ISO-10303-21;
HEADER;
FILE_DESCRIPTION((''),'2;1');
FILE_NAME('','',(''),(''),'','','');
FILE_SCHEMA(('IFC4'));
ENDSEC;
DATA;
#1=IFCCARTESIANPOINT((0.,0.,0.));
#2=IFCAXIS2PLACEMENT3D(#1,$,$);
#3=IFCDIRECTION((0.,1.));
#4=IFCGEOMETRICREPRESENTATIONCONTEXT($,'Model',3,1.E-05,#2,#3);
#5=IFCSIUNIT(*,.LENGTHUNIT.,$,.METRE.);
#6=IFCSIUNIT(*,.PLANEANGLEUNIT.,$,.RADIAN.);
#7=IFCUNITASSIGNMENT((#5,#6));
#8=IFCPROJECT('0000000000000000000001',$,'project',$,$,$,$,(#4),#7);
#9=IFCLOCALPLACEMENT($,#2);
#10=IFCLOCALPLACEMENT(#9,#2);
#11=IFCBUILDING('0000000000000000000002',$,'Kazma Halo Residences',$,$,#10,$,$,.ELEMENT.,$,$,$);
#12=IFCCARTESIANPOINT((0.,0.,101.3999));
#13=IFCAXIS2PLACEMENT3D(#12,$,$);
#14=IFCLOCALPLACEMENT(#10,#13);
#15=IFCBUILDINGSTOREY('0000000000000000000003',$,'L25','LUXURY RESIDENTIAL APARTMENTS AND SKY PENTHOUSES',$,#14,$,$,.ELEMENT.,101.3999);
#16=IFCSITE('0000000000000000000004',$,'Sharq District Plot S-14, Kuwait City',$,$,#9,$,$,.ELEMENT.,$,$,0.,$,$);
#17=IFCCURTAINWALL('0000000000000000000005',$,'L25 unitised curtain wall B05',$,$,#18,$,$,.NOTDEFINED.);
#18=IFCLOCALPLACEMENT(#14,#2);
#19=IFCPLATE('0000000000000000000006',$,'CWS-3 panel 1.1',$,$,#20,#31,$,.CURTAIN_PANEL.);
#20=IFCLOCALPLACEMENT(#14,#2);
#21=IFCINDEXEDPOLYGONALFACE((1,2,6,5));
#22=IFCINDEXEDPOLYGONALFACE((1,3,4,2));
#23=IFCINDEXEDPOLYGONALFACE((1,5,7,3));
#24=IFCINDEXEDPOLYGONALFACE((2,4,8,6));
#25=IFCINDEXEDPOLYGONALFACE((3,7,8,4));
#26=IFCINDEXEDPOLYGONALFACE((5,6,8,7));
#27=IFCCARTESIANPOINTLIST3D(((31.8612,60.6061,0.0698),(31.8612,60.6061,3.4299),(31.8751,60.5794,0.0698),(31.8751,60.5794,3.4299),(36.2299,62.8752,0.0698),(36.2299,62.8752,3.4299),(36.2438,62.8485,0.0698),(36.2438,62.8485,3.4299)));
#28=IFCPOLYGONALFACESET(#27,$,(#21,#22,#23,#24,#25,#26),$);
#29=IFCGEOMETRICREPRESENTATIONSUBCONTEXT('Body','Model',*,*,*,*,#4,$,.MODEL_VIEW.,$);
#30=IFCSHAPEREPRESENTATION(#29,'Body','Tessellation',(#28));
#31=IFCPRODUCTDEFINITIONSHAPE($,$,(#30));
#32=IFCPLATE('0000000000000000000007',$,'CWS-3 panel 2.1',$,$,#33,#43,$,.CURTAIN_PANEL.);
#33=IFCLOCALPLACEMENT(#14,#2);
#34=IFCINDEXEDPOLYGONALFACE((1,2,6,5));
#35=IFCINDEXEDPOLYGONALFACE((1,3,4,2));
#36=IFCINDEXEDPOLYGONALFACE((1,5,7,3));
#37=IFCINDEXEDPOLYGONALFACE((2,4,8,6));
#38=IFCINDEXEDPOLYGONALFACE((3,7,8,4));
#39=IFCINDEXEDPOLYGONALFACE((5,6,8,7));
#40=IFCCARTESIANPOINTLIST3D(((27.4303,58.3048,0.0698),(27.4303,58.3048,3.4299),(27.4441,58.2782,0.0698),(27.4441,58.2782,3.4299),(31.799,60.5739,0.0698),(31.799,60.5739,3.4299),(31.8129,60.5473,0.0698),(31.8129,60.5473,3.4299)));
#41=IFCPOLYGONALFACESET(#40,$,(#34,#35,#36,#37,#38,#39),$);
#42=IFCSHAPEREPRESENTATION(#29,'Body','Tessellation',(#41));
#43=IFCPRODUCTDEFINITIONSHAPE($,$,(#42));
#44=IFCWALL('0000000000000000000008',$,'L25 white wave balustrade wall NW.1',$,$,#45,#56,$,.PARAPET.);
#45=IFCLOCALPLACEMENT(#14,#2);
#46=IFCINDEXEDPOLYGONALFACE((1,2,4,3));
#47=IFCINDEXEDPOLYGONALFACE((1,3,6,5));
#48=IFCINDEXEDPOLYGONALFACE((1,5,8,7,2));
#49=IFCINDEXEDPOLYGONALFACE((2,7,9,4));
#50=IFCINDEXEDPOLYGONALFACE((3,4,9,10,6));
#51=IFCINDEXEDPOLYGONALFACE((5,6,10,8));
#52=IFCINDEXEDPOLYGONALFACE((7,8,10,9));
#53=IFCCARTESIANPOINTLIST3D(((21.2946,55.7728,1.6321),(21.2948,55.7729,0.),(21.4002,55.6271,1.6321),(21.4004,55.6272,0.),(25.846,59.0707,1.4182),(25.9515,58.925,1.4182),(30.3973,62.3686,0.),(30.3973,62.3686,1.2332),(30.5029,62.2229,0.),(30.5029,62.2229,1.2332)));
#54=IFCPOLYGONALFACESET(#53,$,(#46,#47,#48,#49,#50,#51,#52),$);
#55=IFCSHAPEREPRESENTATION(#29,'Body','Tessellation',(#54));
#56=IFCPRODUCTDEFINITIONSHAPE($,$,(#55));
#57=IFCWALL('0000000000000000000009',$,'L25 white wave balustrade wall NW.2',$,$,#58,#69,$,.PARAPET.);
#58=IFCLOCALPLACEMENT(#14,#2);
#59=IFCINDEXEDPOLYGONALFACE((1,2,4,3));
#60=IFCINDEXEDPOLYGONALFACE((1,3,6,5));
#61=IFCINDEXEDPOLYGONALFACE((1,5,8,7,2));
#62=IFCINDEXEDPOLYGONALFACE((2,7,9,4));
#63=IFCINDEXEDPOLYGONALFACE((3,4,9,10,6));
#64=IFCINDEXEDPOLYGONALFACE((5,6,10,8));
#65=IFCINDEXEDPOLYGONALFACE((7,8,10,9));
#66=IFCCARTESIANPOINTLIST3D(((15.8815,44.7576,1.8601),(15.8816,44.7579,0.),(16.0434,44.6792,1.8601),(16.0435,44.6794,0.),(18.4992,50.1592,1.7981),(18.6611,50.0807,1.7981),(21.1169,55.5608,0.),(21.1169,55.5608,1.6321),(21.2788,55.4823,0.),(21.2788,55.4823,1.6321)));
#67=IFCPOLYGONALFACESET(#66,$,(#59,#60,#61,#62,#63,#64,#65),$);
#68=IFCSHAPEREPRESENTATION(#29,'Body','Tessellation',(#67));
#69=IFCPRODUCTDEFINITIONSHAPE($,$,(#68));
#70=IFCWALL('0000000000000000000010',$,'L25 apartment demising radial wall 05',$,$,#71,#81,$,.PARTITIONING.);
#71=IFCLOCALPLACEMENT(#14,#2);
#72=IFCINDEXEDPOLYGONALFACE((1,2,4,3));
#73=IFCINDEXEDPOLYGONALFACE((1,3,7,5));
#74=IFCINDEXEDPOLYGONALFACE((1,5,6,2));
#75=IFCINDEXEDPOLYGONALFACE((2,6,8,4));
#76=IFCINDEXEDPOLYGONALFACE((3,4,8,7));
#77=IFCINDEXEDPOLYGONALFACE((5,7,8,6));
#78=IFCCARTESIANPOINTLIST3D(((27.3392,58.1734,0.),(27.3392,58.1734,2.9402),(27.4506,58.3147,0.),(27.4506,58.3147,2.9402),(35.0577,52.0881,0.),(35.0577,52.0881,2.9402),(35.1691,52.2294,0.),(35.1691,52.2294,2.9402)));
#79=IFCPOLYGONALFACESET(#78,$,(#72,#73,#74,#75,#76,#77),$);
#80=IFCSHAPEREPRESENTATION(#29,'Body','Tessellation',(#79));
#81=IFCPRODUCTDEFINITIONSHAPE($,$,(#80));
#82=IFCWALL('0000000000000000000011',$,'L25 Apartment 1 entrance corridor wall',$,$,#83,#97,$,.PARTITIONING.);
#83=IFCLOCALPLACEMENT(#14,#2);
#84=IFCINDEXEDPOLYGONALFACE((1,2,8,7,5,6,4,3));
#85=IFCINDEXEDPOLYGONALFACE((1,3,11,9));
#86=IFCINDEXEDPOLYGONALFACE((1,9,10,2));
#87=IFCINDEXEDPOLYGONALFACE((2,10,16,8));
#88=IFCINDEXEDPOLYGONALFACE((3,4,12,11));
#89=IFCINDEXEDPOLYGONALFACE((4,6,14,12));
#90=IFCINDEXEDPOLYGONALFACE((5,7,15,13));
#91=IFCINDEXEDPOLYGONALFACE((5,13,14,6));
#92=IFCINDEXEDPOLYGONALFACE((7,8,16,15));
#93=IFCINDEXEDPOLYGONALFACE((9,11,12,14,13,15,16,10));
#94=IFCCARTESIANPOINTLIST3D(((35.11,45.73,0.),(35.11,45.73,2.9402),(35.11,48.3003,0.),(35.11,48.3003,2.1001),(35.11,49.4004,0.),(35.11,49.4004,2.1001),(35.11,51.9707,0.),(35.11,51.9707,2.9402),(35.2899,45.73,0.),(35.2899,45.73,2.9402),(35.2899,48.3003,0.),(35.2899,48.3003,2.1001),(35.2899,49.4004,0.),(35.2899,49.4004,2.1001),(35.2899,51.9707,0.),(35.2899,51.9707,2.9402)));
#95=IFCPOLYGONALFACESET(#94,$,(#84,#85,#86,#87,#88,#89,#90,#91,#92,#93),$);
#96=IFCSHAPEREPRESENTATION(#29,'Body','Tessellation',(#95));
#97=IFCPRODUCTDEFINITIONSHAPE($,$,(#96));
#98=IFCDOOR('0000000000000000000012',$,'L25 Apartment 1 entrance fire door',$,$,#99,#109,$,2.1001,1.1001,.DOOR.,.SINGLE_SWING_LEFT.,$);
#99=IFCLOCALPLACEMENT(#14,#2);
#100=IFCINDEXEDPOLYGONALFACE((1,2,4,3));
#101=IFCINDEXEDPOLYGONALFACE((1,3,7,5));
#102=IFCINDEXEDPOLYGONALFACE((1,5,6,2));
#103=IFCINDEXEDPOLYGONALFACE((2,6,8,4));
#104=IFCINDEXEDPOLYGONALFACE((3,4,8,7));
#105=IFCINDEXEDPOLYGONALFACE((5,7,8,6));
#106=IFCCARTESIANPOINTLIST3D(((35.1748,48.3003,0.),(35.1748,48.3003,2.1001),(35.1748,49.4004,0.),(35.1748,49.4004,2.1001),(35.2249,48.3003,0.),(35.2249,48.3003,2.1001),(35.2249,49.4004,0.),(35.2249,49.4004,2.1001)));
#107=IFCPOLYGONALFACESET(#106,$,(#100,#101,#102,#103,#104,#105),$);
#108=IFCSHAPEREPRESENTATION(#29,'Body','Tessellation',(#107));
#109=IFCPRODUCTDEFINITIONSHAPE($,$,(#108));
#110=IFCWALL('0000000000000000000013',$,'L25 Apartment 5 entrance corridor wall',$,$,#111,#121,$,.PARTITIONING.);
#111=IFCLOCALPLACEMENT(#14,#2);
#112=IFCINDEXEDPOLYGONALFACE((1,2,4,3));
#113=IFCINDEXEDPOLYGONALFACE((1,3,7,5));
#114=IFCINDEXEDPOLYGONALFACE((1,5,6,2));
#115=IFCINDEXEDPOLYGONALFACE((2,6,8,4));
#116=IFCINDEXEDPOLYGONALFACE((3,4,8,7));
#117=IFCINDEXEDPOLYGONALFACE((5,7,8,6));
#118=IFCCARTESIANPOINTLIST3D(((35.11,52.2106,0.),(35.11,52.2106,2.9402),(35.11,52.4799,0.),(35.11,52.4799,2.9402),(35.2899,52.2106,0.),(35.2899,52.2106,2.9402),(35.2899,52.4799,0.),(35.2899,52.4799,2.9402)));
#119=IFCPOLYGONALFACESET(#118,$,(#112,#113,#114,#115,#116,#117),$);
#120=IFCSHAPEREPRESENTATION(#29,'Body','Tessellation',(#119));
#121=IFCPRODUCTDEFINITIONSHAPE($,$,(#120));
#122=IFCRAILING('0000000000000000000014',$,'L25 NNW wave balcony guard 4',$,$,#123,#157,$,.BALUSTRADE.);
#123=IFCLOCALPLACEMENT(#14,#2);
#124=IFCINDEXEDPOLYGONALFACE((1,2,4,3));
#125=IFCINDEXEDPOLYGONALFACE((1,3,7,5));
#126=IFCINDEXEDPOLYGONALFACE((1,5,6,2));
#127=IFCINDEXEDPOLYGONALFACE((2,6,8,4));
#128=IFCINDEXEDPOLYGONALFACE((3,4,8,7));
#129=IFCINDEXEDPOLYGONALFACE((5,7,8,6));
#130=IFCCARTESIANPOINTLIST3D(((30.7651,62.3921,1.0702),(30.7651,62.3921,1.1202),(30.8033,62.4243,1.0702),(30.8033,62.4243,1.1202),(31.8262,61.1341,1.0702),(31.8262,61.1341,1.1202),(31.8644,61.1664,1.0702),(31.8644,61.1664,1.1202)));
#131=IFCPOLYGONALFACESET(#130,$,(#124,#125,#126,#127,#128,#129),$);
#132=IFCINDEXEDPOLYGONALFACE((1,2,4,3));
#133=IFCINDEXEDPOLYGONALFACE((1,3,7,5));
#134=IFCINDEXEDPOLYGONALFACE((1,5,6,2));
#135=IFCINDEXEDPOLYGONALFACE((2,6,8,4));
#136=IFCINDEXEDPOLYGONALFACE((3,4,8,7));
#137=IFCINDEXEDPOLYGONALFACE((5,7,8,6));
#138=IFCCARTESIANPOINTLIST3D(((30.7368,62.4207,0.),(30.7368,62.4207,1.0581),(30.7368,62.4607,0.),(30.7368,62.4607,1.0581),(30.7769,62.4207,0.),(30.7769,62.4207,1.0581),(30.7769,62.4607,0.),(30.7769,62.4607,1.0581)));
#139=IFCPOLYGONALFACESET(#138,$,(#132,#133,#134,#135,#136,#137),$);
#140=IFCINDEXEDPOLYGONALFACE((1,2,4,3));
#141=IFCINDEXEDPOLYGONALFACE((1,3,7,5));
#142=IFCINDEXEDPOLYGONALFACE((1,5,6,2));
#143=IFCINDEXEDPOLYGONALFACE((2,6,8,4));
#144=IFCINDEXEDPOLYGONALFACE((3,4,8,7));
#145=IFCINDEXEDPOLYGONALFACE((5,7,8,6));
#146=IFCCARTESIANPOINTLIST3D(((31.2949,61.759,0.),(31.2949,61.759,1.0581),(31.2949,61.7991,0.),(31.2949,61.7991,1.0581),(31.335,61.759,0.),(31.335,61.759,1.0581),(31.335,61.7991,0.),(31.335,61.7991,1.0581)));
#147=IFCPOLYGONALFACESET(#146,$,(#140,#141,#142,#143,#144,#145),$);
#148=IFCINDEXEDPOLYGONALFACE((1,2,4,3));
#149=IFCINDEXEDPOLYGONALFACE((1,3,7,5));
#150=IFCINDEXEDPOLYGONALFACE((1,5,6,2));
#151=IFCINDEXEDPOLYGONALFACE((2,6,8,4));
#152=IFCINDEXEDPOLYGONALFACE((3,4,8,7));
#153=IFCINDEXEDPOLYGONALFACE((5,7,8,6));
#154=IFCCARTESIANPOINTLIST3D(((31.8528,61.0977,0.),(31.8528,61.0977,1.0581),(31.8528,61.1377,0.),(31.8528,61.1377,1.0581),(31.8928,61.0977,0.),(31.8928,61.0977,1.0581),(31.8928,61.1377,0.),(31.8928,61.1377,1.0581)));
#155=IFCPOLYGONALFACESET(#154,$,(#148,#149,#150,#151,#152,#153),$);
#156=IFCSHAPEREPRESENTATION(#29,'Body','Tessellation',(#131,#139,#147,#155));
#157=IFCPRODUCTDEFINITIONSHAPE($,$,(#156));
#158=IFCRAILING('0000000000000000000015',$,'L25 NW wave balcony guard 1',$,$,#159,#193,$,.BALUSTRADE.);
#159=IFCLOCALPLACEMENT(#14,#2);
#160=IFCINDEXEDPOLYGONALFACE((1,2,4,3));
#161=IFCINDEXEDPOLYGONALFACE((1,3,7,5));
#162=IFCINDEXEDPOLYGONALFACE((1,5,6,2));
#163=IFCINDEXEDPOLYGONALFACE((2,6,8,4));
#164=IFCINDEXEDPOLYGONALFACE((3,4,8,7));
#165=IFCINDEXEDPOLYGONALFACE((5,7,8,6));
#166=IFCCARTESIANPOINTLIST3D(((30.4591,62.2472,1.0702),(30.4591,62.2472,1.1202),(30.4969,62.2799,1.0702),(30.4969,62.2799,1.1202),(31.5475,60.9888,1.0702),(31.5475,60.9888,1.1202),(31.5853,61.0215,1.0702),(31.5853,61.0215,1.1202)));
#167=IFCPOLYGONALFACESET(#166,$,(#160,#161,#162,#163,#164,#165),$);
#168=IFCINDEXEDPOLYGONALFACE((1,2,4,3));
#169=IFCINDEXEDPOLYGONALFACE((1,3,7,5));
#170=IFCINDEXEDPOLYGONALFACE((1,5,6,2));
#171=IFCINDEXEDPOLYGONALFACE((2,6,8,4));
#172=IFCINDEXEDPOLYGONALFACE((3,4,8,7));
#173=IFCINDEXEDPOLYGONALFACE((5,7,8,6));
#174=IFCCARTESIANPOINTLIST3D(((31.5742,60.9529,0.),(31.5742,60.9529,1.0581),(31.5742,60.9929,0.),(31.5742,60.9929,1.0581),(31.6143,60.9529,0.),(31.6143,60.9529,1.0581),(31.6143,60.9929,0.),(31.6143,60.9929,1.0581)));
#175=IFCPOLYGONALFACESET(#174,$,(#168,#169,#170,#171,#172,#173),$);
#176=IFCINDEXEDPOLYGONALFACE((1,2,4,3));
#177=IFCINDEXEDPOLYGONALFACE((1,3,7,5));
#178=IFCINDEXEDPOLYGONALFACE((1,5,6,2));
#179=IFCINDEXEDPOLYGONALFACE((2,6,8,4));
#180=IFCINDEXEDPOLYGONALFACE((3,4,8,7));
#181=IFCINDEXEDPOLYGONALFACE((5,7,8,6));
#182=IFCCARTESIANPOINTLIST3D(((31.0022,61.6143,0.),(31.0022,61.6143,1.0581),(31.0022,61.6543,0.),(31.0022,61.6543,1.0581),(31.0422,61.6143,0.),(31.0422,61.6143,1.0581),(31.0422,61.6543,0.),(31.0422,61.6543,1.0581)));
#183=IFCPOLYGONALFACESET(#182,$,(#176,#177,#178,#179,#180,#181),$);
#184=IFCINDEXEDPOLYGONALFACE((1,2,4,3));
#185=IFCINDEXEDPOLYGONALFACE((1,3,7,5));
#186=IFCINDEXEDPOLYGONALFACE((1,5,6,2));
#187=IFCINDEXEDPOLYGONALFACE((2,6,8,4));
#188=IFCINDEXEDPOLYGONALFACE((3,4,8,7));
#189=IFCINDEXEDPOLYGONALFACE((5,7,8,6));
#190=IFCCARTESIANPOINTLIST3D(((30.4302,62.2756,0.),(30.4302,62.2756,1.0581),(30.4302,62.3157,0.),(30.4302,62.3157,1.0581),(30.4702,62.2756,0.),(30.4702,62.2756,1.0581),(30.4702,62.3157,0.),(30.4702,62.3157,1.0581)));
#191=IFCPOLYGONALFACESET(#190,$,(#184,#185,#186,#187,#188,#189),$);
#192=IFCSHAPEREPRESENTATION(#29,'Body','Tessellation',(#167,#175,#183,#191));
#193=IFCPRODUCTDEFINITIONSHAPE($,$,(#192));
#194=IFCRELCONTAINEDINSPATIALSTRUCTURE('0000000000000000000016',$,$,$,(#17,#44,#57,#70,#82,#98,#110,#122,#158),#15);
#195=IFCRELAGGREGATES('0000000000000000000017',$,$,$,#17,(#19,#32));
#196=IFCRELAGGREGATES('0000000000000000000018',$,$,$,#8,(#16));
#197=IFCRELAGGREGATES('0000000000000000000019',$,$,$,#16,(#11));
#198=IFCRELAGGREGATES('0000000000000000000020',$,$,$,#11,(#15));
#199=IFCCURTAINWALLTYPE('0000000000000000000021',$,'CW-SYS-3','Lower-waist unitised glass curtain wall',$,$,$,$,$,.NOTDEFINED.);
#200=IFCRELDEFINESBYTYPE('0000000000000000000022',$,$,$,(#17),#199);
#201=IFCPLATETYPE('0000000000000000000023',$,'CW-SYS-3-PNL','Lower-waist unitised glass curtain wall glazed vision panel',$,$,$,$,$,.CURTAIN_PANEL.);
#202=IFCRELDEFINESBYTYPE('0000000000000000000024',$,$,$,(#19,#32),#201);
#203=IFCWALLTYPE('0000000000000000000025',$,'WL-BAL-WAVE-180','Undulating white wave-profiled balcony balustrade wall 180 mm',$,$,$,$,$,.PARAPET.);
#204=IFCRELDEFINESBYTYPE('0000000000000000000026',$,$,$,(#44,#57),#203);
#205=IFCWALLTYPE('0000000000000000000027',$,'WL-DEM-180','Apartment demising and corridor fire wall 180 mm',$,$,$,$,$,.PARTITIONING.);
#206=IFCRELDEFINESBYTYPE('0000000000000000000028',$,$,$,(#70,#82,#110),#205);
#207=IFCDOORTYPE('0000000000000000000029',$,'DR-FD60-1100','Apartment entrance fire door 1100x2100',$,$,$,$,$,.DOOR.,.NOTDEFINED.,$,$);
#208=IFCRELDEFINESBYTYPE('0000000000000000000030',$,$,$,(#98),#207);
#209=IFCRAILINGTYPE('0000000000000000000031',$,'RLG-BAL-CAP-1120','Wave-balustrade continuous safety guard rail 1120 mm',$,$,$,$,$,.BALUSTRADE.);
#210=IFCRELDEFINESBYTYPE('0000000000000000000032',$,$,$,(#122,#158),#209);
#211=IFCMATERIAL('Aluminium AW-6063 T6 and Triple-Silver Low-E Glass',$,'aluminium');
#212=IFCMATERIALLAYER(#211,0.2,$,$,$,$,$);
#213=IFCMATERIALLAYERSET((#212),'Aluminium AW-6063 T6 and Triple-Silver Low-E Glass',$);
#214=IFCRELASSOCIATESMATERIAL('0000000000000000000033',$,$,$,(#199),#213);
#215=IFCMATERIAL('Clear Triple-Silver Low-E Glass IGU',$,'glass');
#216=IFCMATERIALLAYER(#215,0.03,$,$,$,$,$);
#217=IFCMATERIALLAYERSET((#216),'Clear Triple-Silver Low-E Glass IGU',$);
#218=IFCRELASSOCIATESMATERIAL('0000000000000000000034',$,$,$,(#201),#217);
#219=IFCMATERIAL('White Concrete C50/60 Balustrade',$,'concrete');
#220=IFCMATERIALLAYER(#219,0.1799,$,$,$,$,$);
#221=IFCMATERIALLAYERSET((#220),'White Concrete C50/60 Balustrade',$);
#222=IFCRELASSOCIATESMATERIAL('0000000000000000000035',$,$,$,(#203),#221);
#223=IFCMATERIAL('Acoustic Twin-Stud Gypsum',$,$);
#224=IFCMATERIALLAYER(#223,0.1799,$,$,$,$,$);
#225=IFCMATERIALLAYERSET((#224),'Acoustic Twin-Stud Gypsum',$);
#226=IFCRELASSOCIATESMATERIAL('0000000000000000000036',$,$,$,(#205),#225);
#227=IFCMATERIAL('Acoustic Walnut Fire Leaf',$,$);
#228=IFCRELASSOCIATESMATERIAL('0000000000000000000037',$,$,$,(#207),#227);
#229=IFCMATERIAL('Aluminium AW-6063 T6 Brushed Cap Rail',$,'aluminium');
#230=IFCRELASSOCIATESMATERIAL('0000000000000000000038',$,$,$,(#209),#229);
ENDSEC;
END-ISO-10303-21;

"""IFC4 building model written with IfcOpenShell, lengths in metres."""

from ifc_helpers import new_model, si_unit, direction, frame, frame_2d, origin, origin_2d, place, context, subcontext, project, spatial, polyline, rectangle, outline, extrude, material, layer, layer_set, type_object, element, fill, aggregate, save


model = new_model("IFC4")

# Units and contexts
model_context = context("Model", 3, precision=1e-05, world=origin(), true_north=direction((0.0, 1.0)))
body_context = subcontext(model_context, "Body", "Model", "MODEL_VIEW")
ifc_project = project(units=[si_unit("LENGTHUNIT", "METRE"), si_unit("PLANEANGLEUNIT", "RADIAN")], contexts=[model_context])

# Site, building, storey
site_placement = place(None, origin())
site = spatial("IfcSite", under=ifc_project, at=site_placement, Name="Sharq District Plot S-14, Kuwait City", CompositionType="ELEMENT", RefElevation=0.0)
building_placement = place(site_placement, origin())
building = spatial("IfcBuilding", under=site, at=building_placement, Name="Kazma Halo Residences", CompositionType="ELEMENT")
storey_placement = place(building_placement, frame((0.0, 0.0, 101.3999)))
storey = spatial("IfcBuildingStorey", under=building, at=storey_placement, Name="L25", Description="LUXURY RESIDENTIAL APARTMENTS AND SKY PENTHOUSES", CompositionType="ELEMENT", Elevation=101.3999)

# Curtain wall
ifc_material_1 = material(Name="Aluminium AW-6063 T6 and Triple-Silver Low-E Glass", Category="aluminium")
ifc_layer_1 = layer(ifc_material_1, 0.2)
ifc_layer_set_1 = layer_set([ifc_layer_1], Name="Aluminium AW-6063 T6 and Triple-Silver Low-E Glass")
curtain_wall_type = type_object("IfcCurtainWallType", Name="CW-SYS-3", Description="Lower-waist unitised glass curtain wall", PredefinedType="NOTDEFINED", material=ifc_layer_set_1)
curtain_wall_1_placement = place(storey_placement, origin())
curtain_wall_1 = element("IfcCurtainWall", 1, at=curtain_wall_1_placement, inside=storey, type_object=curtain_wall_type, Name="L25 unitised curtain wall B05", PredefinedType="NOTDEFINED")

# Plates
ifc_material_2 = material(Name="Clear Triple-Silver Low-E Glass IGU", Category="glass")
ifc_layer_2 = layer(ifc_material_2, 0.03)
ifc_layer_set_2 = layer_set([ifc_layer_2], Name="Clear Triple-Silver Low-E Glass IGU")
plate_type = type_object("IfcPlateType", Name="CW-SYS-3-PNL", Description="Lower-waist unitised glass curtain wall glazed vision panel", PredefinedType="CURTAIN_PANEL", material=ifc_layer_set_2)
plate_1_placement = place(storey_placement, frame((34.0525, 61.7273, 0.0698), z_axis=(0.0, 0.0, 1.0), x_axis=(-0.887435, -0.460932, 0.0)))
plate_1 = element("IfcPlate", 2, at=plate_1_placement, type_object=plate_type, Name="CWS-3 panel 1.1", PredefinedType="CURTAIN_PANEL", context=body_context, shape_type="SweptSolid", body=[
    extrude(rectangle(XDim=4.9229, YDim=0.03, at=origin_2d()), origin(), (0.0, 0.0, 1.0), 3.3601),
])
plate_2_placement = place(storey_placement, frame((29.6216, 59.426, 0.0698), z_axis=(0.0, 0.0, 1.0), x_axis=(-0.887435, -0.460932, 0.0)))
plate_2 = element("IfcPlate", 3, at=plate_2_placement, type_object=plate_type, Name="CWS-3 panel 2.1", PredefinedType="CURTAIN_PANEL", context=body_context, shape_type="SweptSolid", body=[
    extrude(rectangle(XDim=4.9229, YDim=0.03, at=origin_2d()), origin(), (0.0, 0.0, 1.0), 3.3601),
])
aggregate(curtain_wall_1, [plate_1, plate_2])

# Walls
ifc_material_3 = material(Name="White Concrete C50/60 Balustrade", Category="concrete")
ifc_layer_3 = layer(ifc_material_3, 0.1799)
ifc_layer_set_3 = layer_set([ifc_layer_3], Name="White Concrete C50/60 Balustrade")
wall_type_1 = type_object("IfcWallType", Name="WL-BAL-WAVE-180", Description="Undulating white wave-profiled balcony balustrade wall 180 mm", PredefinedType="PARAPET", material=ifc_layer_set_3)
wall_1_placement = place(storey_placement, frame((30.4502, 62.2957, 0.0), z_axis=(0.0, 0.0, 1.0), x_axis=(-0.809764, -0.586755, 0.0)))
element("IfcWall", 4, at=wall_1_placement, inside=storey, type_object=wall_type_1, Name="L25 white wave balustrade wall NW.1", PredefinedType="PARAPET", context=body_context, shape_type="SweptSolid", body=[
    extrude(outline(polyline([(0.0, 0.0), (11.241, 0.0), (11.2412, 1.6321), (5.6206, 1.4182), (0.0, 1.2332), (0.0, 0.0)])), frame((0.0, 0.0898, 0.0), z_axis=(0.0, -1.0, 0.0), x_axis=(1.0, 0.0, 0.0)), (0.0, 0.0, 1.0), 0.1799),
])
wall_2_placement = place(storey_placement, frame((21.198, 55.5215, 0.0), z_axis=(0.0, 0.0, 1.0), x_axis=(-0.436108, -0.899894, 0.0)))
element("IfcWall", 5, at=wall_2_placement, inside=storey, type_object=wall_type_1, Name="L25 white wave balustrade wall NW.2", PredefinedType="PARAPET", context=body_context, shape_type="SweptSolid", body=[
    extrude(outline(polyline([(0.0, 0.0), (12.0046, 0.0), (12.0049, 1.8601), (6.0024, 1.7981), (0.0, 1.6321), (0.0, 0.0)])), frame((0.0, 0.0898, 0.0), z_axis=(0.0, -1.0, 0.0), x_axis=(1.0, 0.0, 0.0)), (0.0, 0.0, 1.0), 0.1799),
])
ifc_material_4 = material(Name="Acoustic Twin-Stud Gypsum")
ifc_layer_4 = layer(ifc_material_4, 0.1799)
ifc_layer_set_4 = layer_set([ifc_layer_4], Name="Acoustic Twin-Stud Gypsum")
wall_type_2 = type_object("IfcWallType", Name="WL-DEM-180", Description="Apartment demising and corridor fire wall 180 mm", PredefinedType="PARTITIONING", material=ifc_layer_set_4)
wall_3_placement = place(storey_placement, frame((35.1135, 52.1587, 0.0), z_axis=(0.0, 0.0, 1.0), x_axis=(-0.785296, 0.619121, 0.0)))
element("IfcWall", 6, at=wall_3_placement, inside=storey, type_object=wall_type_2, Name="L25 apartment demising radial wall 05", PredefinedType="PARTITIONING", context=body_context, shape_type="SweptSolid", body=[
    extrude(rectangle(XDim=9.8289, YDim=0.1799, at=frame_2d((4.9146, 0.0))), origin(), (0.0, 0.0, 1.0), 2.9402),
])

# Wall, opening, door
wall_4_placement = place(storey_placement, frame((35.2, 51.9707, 0.0), z_axis=(0.0, 0.0, 1.0), x_axis=(0.0, -1.0, 0.0)))
wall_4 = element("IfcWall", 7, at=wall_4_placement, inside=storey, type_object=wall_type_2, Name="L25 Apartment 1 entrance corridor wall", PredefinedType="PARTITIONING", context=body_context, shape_type="SweptSolid", body=[
    extrude(rectangle(XDim=6.2407, YDim=0.1799, at=frame_2d((3.1204, 0.0))), origin(), (0.0, 0.0, 1.0), 2.9402),
])
opening_1_placement = place(wall_4_placement, frame((2.5703, 0.0, 0.0)))
opening_1 = element("IfcOpeningElement", 8, at=opening_1_placement, cuts=wall_4, PredefinedType="OPENING", context=body_context, shape_type="SweptSolid", body=[
    extrude(rectangle(XDim=1.1001, YDim=2.1001, at=frame_2d((0.55, 1.05))), frame((0.0, 0.0999, 0.0), z_axis=(0.0, -1.0, 0.0), x_axis=(1.0, 0.0, 0.0)), (0.0, 0.0, 1.0), 0.2),
])
ifc_material_5 = material(Name="Acoustic Walnut Fire Leaf")
door_type_1 = type_object("IfcDoorType", Name="DR-FD60-1100", Description="Apartment entrance fire door 1100x2100", OperationType="NOTDEFINED", PredefinedType="DOOR", material=ifc_material_5)
door_1_placement = place(opening_1_placement, origin())
door_1 = element("IfcDoor", 9, at=door_1_placement, inside=storey, type_object=door_type_1, Name="L25 Apartment 1 entrance fire door", OperationType="SINGLE_SWING_LEFT", OverallHeight=2.1001, OverallWidth=1.1001, PredefinedType="DOOR", context=body_context, shape_type="SweptSolid", body=[
    extrude(rectangle(XDim=1.1001, YDim=2.1001, at=frame_2d((0.55, 1.05))), frame((0.0, 0.0249, 0.0), z_axis=(0.0, -1.0, 0.0), x_axis=(1.0, 0.0, 0.0)), (0.0, 0.0, 1.0), 0.05),
])
fill(opening_1, door_1)

# Wall
wall_5_placement = place(storey_placement, frame((35.2, 52.48, 0.0), z_axis=(0.0, 0.0, 1.0), x_axis=(0.0, -1.0, 0.0)))
element("IfcWall", 10, at=wall_5_placement, inside=storey, type_object=wall_type_2, Name="L25 Apartment 5 entrance corridor wall", PredefinedType="PARTITIONING", context=body_context, shape_type="SweptSolid", body=[
    extrude(rectangle(XDim=0.2693, YDim=0.1799, at=frame_2d((0.1348, 0.0))), origin(), (0.0, 0.0, 1.0), 2.9402),
])

# Railings
ifc_material_6 = material(Name="Aluminium AW-6063 T6 Brushed Cap Rail", Category="aluminium")
railing_type = type_object("IfcRailingType", Name="RLG-BAL-CAP-1120", Description="Wave-balustrade continuous safety guard rail 1120 mm", PredefinedType="BALUSTRADE", material=ifc_material_6)
railing_1_placement = place(storey_placement, frame((30.7568, 62.4407, 0.0)))
element("IfcRailing", 11, at=railing_1_placement, inside=storey, type_object=railing_type, Name="L25 NNW wave balcony guard 4", PredefinedType="BALUSTRADE", context=body_context, shape_type="SweptSolid", body=[
    extrude(rectangle(XDim=0.05, YDim=0.05, at=origin_2d()), frame((0.0273, -0.0325, 1.0952), z_axis=(0.644765, -0.764381, 0.0), x_axis=(0.764381, 0.644765, 0.0)), (0.0, 0.0, 1.0), 1.6458),
    extrude(rectangle(XDim=0.04, YDim=0.04, at=origin_2d()), origin(), (0.0, 0.0, 1.0), 1.0581),
    extrude(rectangle(XDim=0.04, YDim=0.04, at=origin_2d()), frame((0.5581, -0.6616, 0.0)), (0.0, 0.0, 1.0), 1.0581),
    extrude(rectangle(XDim=0.04, YDim=0.04, at=origin_2d()), frame((1.116, -1.323, 0.0)), (0.0, 0.0, 1.0), 1.0581),
])
railing_2_placement = place(storey_placement, frame((31.5942, 60.9729, 0.0)))
element("IfcRailing", 12, at=railing_2_placement, inside=storey, type_object=railing_type, Name="L25 NW wave balcony guard 1", PredefinedType="BALUSTRADE", context=body_context, shape_type="SweptSolid", body=[
    extrude(rectangle(XDim=0.05, YDim=0.05, at=origin_2d()), frame((-0.0278, 0.0322, 1.0952), z_axis=(-0.654165, 0.756352, 0.0), x_axis=(-0.756352, -0.654165, 0.0)), (0.0, 0.0, 1.0), 1.6638),
    extrude(rectangle(XDim=0.04, YDim=0.04, at=origin_2d()), origin(), (0.0, 0.0, 1.0), 1.0581),
    extrude(rectangle(XDim=0.04, YDim=0.04, at=origin_2d()), frame((-0.572, 0.6614, 0.0)), (0.0, 0.0, 1.0), 1.0581),
    extrude(rectangle(XDim=0.04, YDim=0.04, at=origin_2d()), frame((-1.144, 1.3228, 0.0)), (0.0, 0.0, 1.0), 1.0581),
])

save(model, "model.ifc")
